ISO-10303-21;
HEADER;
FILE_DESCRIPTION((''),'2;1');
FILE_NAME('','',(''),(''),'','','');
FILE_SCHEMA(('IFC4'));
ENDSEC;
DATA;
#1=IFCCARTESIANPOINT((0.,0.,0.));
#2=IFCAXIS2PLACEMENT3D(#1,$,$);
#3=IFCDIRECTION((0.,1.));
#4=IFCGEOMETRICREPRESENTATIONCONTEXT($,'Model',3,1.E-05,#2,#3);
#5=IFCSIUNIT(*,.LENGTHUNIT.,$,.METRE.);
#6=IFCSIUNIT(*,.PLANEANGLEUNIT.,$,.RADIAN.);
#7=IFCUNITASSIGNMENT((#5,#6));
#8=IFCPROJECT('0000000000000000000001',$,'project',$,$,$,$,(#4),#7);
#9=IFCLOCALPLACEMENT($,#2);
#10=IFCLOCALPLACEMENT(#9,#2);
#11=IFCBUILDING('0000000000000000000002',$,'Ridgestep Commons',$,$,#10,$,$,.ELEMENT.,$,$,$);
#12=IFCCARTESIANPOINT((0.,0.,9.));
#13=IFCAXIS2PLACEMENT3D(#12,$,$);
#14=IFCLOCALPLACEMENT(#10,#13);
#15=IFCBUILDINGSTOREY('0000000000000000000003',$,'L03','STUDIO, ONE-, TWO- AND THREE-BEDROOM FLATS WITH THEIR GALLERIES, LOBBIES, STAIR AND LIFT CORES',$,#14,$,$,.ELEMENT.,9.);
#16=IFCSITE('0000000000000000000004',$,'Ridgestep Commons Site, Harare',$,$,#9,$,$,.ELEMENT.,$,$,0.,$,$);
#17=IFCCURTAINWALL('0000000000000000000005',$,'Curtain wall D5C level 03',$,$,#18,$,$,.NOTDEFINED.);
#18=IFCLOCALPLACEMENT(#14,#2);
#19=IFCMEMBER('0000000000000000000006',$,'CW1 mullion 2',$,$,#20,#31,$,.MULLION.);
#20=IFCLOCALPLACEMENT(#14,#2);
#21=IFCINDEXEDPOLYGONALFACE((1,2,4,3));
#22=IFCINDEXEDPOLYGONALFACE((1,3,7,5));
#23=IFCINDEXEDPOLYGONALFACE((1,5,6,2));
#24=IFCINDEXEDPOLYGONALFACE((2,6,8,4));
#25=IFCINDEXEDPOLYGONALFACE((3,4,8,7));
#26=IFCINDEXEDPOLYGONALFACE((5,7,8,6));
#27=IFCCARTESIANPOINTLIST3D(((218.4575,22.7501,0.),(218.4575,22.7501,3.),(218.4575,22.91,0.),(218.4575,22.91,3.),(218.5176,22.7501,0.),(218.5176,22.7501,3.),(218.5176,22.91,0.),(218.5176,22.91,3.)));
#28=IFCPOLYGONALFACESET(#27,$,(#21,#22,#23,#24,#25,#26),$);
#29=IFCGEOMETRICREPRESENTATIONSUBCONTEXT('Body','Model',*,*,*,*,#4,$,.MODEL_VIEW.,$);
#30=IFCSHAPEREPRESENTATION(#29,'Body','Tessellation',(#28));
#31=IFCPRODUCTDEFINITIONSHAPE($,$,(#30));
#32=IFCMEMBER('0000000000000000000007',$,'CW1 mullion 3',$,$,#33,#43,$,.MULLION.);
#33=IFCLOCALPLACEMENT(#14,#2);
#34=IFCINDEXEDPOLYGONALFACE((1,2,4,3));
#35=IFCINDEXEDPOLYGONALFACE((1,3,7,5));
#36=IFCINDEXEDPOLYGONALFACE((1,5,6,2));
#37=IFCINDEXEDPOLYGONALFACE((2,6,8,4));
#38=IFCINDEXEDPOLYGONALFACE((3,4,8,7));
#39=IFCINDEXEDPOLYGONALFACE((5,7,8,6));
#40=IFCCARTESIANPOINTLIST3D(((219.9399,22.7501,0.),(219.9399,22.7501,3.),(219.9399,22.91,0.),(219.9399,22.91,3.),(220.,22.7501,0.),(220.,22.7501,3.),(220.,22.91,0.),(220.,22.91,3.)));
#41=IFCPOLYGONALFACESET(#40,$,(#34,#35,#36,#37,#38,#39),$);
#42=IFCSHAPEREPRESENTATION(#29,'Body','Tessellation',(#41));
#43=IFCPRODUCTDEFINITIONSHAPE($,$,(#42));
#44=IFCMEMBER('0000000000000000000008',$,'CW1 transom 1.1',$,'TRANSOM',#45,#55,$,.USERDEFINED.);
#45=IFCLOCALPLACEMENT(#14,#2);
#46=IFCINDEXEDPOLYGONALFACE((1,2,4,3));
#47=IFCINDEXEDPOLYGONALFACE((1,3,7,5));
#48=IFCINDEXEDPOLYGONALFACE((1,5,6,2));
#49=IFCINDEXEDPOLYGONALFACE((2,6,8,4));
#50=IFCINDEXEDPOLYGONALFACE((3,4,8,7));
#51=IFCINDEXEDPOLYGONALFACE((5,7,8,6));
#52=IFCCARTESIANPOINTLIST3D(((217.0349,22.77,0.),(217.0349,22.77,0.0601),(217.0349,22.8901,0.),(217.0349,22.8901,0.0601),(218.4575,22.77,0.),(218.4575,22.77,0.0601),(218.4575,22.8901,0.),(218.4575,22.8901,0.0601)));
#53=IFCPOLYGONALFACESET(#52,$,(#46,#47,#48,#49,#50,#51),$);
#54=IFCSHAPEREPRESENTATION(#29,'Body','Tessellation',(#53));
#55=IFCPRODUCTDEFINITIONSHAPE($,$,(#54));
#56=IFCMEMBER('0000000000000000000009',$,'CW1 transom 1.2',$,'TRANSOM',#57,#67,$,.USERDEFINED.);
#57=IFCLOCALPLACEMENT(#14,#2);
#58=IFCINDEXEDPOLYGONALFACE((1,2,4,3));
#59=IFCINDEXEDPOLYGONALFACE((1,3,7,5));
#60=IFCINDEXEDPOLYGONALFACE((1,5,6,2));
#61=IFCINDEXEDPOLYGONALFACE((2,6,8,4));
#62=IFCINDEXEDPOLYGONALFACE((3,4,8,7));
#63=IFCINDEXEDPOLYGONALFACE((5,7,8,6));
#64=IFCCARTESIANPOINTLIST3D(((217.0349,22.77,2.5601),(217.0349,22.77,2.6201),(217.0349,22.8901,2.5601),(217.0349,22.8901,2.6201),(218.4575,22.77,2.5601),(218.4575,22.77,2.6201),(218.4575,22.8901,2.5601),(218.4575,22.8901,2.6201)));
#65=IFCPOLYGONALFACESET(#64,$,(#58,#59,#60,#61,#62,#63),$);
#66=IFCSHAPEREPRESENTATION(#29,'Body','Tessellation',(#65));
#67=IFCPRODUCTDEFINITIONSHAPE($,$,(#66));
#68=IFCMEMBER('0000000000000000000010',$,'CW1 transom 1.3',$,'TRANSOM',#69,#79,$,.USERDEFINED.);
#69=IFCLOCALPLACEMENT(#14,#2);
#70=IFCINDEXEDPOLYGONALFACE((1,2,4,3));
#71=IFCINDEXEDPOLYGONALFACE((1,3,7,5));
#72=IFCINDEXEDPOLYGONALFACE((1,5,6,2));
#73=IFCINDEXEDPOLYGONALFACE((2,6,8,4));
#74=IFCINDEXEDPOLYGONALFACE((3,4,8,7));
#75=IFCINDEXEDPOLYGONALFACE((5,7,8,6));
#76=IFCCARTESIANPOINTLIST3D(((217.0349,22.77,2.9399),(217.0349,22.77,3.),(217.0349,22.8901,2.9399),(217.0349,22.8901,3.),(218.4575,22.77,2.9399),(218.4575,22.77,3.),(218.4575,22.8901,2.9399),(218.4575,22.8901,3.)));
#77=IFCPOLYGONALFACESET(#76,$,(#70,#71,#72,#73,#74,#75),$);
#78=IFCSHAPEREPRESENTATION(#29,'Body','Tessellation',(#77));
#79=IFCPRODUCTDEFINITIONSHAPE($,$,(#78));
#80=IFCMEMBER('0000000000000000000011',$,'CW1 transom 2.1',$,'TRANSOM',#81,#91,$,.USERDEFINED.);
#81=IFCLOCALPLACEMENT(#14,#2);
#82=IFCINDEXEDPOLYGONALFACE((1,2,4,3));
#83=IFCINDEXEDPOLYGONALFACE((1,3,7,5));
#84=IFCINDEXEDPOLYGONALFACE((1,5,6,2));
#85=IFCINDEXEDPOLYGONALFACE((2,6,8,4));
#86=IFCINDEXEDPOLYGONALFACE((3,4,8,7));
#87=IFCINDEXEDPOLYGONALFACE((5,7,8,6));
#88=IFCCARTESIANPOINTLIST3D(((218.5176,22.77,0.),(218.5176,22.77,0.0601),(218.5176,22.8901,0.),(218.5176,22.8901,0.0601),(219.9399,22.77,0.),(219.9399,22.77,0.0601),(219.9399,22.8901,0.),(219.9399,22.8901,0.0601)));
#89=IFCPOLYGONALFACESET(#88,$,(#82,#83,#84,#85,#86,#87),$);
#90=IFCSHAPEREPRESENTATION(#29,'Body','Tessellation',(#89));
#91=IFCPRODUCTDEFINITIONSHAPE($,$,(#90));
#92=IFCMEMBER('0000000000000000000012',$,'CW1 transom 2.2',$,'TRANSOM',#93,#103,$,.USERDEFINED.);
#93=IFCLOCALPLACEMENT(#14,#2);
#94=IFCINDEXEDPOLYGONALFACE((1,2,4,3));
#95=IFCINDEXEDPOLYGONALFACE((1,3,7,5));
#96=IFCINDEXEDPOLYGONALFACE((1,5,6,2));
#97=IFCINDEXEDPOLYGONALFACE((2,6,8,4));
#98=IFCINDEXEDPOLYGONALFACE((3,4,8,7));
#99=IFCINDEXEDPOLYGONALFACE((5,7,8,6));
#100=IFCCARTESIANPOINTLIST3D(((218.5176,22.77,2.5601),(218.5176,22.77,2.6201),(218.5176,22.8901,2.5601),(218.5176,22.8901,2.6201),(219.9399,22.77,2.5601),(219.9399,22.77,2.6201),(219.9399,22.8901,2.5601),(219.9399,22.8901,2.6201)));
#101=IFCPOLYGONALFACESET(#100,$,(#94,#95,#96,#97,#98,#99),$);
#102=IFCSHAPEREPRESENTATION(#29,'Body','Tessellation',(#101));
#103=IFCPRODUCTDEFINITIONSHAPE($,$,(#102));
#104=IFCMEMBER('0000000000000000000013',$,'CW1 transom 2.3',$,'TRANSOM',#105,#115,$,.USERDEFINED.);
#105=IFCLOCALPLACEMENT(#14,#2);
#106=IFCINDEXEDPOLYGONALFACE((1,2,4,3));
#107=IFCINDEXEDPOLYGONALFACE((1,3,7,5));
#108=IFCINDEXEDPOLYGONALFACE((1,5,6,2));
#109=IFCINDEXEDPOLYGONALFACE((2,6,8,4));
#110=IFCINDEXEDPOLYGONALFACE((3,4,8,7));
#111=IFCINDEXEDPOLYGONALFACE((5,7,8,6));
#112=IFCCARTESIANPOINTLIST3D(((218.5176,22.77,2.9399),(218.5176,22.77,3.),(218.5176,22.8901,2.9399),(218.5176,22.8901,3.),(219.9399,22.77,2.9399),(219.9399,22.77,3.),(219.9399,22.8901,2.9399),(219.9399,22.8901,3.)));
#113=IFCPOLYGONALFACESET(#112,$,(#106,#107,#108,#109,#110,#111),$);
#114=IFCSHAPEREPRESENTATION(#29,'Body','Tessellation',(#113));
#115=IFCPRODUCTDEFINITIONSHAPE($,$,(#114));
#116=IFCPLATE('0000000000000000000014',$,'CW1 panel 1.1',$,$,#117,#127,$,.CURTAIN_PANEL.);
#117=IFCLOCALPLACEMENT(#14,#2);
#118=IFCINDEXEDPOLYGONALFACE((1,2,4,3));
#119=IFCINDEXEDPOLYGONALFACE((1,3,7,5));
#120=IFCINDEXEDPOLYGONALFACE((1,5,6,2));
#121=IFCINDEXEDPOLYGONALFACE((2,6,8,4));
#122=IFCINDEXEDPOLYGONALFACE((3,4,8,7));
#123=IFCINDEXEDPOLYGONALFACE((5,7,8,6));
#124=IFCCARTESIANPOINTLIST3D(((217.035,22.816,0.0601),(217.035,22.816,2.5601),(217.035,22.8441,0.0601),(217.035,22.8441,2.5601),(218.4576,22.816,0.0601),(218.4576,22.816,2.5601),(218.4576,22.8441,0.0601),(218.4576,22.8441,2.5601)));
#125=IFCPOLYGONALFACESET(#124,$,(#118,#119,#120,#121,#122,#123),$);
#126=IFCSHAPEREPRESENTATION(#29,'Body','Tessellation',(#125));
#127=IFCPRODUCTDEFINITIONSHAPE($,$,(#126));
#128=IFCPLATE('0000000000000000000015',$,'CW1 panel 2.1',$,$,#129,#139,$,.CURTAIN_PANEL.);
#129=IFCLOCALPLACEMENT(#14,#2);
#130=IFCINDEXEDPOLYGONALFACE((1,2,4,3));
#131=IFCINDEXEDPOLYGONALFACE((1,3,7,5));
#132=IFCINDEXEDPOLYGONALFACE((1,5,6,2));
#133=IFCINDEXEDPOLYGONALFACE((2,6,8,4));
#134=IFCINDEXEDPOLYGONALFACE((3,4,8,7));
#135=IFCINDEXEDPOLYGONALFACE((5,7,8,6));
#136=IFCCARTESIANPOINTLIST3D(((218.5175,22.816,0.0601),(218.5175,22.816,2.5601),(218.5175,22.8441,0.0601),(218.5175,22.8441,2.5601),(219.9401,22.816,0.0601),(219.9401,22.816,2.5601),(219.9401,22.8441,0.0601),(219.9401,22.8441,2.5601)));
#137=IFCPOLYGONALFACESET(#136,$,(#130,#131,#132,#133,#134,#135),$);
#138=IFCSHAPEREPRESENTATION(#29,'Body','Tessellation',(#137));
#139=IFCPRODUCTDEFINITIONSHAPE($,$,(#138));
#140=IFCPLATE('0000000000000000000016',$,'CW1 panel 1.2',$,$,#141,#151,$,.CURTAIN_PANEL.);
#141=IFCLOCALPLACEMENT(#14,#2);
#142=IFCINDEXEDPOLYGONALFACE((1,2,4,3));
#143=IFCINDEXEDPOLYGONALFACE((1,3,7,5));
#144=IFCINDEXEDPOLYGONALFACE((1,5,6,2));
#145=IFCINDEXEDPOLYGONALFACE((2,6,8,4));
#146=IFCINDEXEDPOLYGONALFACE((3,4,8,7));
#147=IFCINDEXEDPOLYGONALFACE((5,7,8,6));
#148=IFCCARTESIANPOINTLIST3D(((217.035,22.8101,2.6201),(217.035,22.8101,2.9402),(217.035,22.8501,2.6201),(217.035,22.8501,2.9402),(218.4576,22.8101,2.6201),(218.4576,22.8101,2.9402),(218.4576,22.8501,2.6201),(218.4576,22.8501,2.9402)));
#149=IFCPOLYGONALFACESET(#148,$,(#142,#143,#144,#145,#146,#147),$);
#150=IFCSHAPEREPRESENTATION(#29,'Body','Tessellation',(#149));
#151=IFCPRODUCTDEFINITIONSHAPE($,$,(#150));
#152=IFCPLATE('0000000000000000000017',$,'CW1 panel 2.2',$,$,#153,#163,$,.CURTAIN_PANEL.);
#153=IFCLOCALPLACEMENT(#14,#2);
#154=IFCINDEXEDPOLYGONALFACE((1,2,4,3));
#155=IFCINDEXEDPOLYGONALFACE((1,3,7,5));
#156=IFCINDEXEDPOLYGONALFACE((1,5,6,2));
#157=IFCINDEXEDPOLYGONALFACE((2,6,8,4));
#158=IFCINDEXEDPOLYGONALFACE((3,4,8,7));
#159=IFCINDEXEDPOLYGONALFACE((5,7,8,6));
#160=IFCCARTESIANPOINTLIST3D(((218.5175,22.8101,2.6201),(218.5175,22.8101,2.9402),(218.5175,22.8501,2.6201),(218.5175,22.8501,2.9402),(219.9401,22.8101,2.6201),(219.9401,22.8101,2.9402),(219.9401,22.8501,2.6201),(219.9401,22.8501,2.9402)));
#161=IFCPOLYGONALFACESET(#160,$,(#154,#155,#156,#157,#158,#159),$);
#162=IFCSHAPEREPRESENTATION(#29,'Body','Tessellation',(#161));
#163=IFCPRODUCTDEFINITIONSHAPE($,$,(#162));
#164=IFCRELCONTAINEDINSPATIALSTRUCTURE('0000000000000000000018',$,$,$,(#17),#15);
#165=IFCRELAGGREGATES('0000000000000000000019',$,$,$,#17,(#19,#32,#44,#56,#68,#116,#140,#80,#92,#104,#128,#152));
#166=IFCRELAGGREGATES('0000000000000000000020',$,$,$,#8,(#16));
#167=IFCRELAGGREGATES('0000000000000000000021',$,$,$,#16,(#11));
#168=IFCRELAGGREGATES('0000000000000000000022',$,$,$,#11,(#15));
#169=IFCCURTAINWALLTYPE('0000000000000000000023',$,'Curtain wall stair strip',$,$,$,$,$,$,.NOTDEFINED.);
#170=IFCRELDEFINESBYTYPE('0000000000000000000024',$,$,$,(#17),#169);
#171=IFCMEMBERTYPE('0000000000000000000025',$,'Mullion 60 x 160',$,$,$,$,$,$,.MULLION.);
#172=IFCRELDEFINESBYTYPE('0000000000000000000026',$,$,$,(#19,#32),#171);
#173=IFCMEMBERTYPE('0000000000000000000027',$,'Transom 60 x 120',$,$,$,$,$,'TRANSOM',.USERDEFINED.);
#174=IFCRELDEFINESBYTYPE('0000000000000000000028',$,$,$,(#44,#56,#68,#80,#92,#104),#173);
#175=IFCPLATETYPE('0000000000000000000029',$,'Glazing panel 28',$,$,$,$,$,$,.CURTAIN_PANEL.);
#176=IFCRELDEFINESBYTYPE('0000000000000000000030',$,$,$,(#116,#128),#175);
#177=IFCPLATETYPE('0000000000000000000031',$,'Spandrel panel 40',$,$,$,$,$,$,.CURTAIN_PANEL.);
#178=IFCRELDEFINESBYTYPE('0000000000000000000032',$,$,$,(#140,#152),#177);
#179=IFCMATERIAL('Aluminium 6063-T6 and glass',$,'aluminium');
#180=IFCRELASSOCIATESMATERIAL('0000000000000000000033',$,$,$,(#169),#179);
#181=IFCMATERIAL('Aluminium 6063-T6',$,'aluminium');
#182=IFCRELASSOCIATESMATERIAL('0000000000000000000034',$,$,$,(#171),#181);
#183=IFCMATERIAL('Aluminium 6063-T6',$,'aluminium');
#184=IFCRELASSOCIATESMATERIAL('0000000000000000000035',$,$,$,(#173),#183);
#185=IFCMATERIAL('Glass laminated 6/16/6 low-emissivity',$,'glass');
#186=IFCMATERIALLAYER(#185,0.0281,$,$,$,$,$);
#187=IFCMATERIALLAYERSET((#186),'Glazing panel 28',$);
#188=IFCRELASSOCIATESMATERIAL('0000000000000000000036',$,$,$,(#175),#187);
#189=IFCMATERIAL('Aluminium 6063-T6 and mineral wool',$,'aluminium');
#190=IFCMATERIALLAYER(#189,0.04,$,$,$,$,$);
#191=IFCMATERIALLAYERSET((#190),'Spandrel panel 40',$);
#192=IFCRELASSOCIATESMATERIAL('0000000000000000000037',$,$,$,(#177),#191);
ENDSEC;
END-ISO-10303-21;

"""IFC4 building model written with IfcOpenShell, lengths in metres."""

from ifc_helpers import new_model, si_unit, direction, frame, origin, origin_2d, place, context, subcontext, project, spatial, rectangle, extrude, material, layer, layer_set, material_profile, profile_set, type_object, element, aggregate, save


model = new_model("IFC4")

# Units and contexts
model_context = context("Model", 3, precision=1e-05, world=origin(), true_north=direction((0.0, 1.0)))
body_context = subcontext(model_context, "Body", "Model", "MODEL_VIEW")
ifc_project = project(units=[si_unit("LENGTHUNIT", "METRE"), si_unit("PLANEANGLEUNIT", "RADIAN")], contexts=[model_context])

# Site, building, storey
site_placement = place(None, origin())
site = spatial("IfcSite", under=ifc_project, at=site_placement, Name="Ridgestep Commons Site, Harare", CompositionType="ELEMENT", RefElevation=0.0)
building_placement = place(site_placement, origin())
building = spatial("IfcBuilding", under=site, at=building_placement, Name="Ridgestep Commons", CompositionType="ELEMENT")
storey_placement = place(building_placement, frame((0.0, 0.0, 9.0)))
storey = spatial("IfcBuildingStorey", under=building, at=storey_placement, Name="L03", Description="STUDIO, ONE-, TWO- AND THREE-BEDROOM FLATS WITH THEIR GALLERIES, LOBBIES, STAIR AND LIFT CORES", CompositionType="ELEMENT", Elevation=9.0)

# Curtain wall, members, plates
ifc_material_1 = material(Name="Aluminium 6063-T6 and glass", Category="aluminium")
curtain_wall_type = type_object("IfcCurtainWallType", Name="Curtain wall stair strip", PredefinedType="NOTDEFINED", material=ifc_material_1)
curtain_wall_placement = place(storey_placement, origin())
curtain_wall = element("IfcCurtainWall", 1, at=curtain_wall_placement, inside=storey, type_object=curtain_wall_type, Name="Curtain wall D5C level 03", PredefinedType="NOTDEFINED")
ifc_material_2 = material(Name="Aluminium 6063-T6", Category="aluminium")
ifc_material_profile_1 = material_profile(ifc_material_2, rectangle(XDim=0.1599, YDim=0.0601, at=origin_2d()), Name="Mullion 60 x 160")
ifc_profile_set_1 = profile_set([ifc_material_profile_1], Name="Aluminium 6063-T6")
member_type_1 = type_object("IfcMemberType", Name="Mullion 60 x 160", PredefinedType="MULLION", material=ifc_profile_set_1)
member_1_placement = place(storey_placement, frame((218.4875, 22.8301, 0.0), z_axis=(0.0, 0.0, 1.0), x_axis=(0.0, 1.0, 0.0)))
member_1 = element("IfcMember", 2, at=member_1_placement, type_object=member_type_1, Name="CW1 mullion 2", PredefinedType="MULLION", context=body_context, shape_type="SweptSolid", body=[
    extrude(rectangle(XDim=0.1599, YDim=0.0601, at=origin_2d()), origin(), (0.0, 0.0, 1.0), 3.0),
])
member_2_placement = place(storey_placement, frame((219.97, 22.8301, 0.0), z_axis=(0.0, 0.0, 1.0), x_axis=(0.0, 1.0, 0.0)))
member_2 = element("IfcMember", 3, at=member_2_placement, type_object=member_type_1, Name="CW1 mullion 3", PredefinedType="MULLION", context=body_context, shape_type="SweptSolid", body=[
    extrude(rectangle(XDim=0.1599, YDim=0.0601, at=origin_2d()), origin(), (0.0, 0.0, 1.0), 3.0),
])
ifc_material_3 = material(Name="Aluminium 6063-T6", Category="aluminium")
ifc_material_profile_2 = material_profile(ifc_material_3, rectangle(XDim=0.1201, YDim=0.0601, at=origin_2d()), Name="Transom 60 x 120")
ifc_profile_set_2 = profile_set([ifc_material_profile_2], Name="Aluminium 6063-T6")
member_type_2 = type_object("IfcMemberType", Name="Transom 60 x 120", ElementType="TRANSOM", PredefinedType="USERDEFINED", material=ifc_profile_set_2)
member_3_placement = place(storey_placement, frame((217.0349, 22.8301, 0.03), z_axis=(1.0, 0.0, 0.0), x_axis=(0.0, 1.0, 0.0)))
member_3 = element("IfcMember", 4, at=member_3_placement, type_object=member_type_2, Name="CW1 transom 1.1", ObjectType="TRANSOM", PredefinedType="USERDEFINED", context=body_context, shape_type="SweptSolid", body=[
    extrude(rectangle(XDim=0.1201, YDim=0.0601, at=origin_2d()), origin(), (0.0, 0.0, 1.0), 1.4226),
])
member_4_placement = place(storey_placement, frame((217.0349, 22.8301, 2.5901), z_axis=(1.0, 0.0, 0.0), x_axis=(0.0, 1.0, 0.0)))
member_4 = element("IfcMember", 5, at=member_4_placement, type_object=member_type_2, Name="CW1 transom 1.2", ObjectType="TRANSOM", PredefinedType="USERDEFINED", context=body_context, shape_type="SweptSolid", body=[
    extrude(rectangle(XDim=0.1201, YDim=0.0601, at=origin_2d()), origin(), (0.0, 0.0, 1.0), 1.4226),
])
member_5_placement = place(storey_placement, frame((217.0349, 22.8301, 2.97), z_axis=(1.0, 0.0, 0.0), x_axis=(0.0, 1.0, 0.0)))
member_5 = element("IfcMember", 6, at=member_5_placement, type_object=member_type_2, Name="CW1 transom 1.3", ObjectType="TRANSOM", PredefinedType="USERDEFINED", context=body_context, shape_type="SweptSolid", body=[
    extrude(rectangle(XDim=0.1201, YDim=0.0601, at=origin_2d()), origin(), (0.0, 0.0, 1.0), 1.4226),
])
member_6_placement = place(storey_placement, frame((218.5176, 22.8301, 0.03), z_axis=(1.0, 0.0, 0.0), x_axis=(0.0, 1.0, 0.0)))
member_6 = element("IfcMember", 7, at=member_6_placement, type_object=member_type_2, Name="CW1 transom 2.1", ObjectType="TRANSOM", PredefinedType="USERDEFINED", context=body_context, shape_type="SweptSolid", body=[
    extrude(rectangle(XDim=0.1201, YDim=0.0601, at=origin_2d()), origin(), (0.0, 0.0, 1.0), 1.4224),
])
member_7_placement = place(storey_placement, frame((218.5176, 22.8301, 2.5901), z_axis=(1.0, 0.0, 0.0), x_axis=(0.0, 1.0, 0.0)))
member_7 = element("IfcMember", 8, at=member_7_placement, type_object=member_type_2, Name="CW1 transom 2.2", ObjectType="TRANSOM", PredefinedType="USERDEFINED", context=body_context, shape_type="SweptSolid", body=[
    extrude(rectangle(XDim=0.1201, YDim=0.0601, at=origin_2d()), origin(), (0.0, 0.0, 1.0), 1.4224),
])
member_8_placement = place(storey_placement, frame((218.5176, 22.8301, 2.97), z_axis=(1.0, 0.0, 0.0), x_axis=(0.0, 1.0, 0.0)))
member_8 = element("IfcMember", 9, at=member_8_placement, type_object=member_type_2, Name="CW1 transom 2.3", ObjectType="TRANSOM", PredefinedType="USERDEFINED", context=body_context, shape_type="SweptSolid", body=[
    extrude(rectangle(XDim=0.1201, YDim=0.0601, at=origin_2d()), origin(), (0.0, 0.0, 1.0), 1.4224),
])
ifc_material_4 = material(Name="Glass laminated 6/16/6 low-emissivity", Category="glass")
ifc_layer_1 = layer(ifc_material_4, 0.0281)
ifc_layer_set_1 = layer_set([ifc_layer_1], Name="Glazing panel 28")
plate_type_1 = type_object("IfcPlateType", Name="Glazing panel 28", PredefinedType="CURTAIN_PANEL", material=ifc_layer_set_1)
plate_1_placement = place(storey_placement, frame((217.7463, 22.8301, 0.0601), z_axis=(0.0, 0.0, 1.0), x_axis=(1.0, 0.0, 0.0)))
plate_1 = element("IfcPlate", 10, at=plate_1_placement, type_object=plate_type_1, Name="CW1 panel 1.1", PredefinedType="CURTAIN_PANEL", context=body_context, shape_type="SweptSolid", body=[
    extrude(rectangle(XDim=1.4226, YDim=0.0281, at=origin_2d()), origin(), (0.0, 0.0, 1.0), 2.5),
])
plate_2_placement = place(storey_placement, frame((219.2288, 22.8301, 0.0601), z_axis=(0.0, 0.0, 1.0), x_axis=(1.0, 0.0, 0.0)))
plate_2 = element("IfcPlate", 11, at=plate_2_placement, type_object=plate_type_1, Name="CW1 panel 2.1", PredefinedType="CURTAIN_PANEL", context=body_context, shape_type="SweptSolid", body=[
    extrude(rectangle(XDim=1.4226, YDim=0.0281, at=origin_2d()), origin(), (0.0, 0.0, 1.0), 2.5),
])
ifc_material_5 = material(Name="Aluminium 6063-T6 and mineral wool", Category="aluminium")
ifc_layer_2 = layer(ifc_material_5, 0.04)
ifc_layer_set_2 = layer_set([ifc_layer_2], Name="Spandrel panel 40")
plate_type_2 = type_object("IfcPlateType", Name="Spandrel panel 40", PredefinedType="CURTAIN_PANEL", material=ifc_layer_set_2)
plate_3_placement = place(storey_placement, frame((217.7463, 22.8301, 2.6201), z_axis=(0.0, 0.0, 1.0), x_axis=(1.0, 0.0, 0.0)))
plate_3 = element("IfcPlate", 12, at=plate_3_placement, type_object=plate_type_2, Name="CW1 panel 1.2", PredefinedType="CURTAIN_PANEL", context=body_context, shape_type="SweptSolid", body=[
    extrude(rectangle(XDim=1.4226, YDim=0.04, at=origin_2d()), origin(), (0.0, 0.0, 1.0), 0.3201),
])
plate_4_placement = place(storey_placement, frame((219.2288, 22.8301, 2.6201), z_axis=(0.0, 0.0, 1.0), x_axis=(1.0, 0.0, 0.0)))
plate_4 = element("IfcPlate", 13, at=plate_4_placement, type_object=plate_type_2, Name="CW1 panel 2.2", PredefinedType="CURTAIN_PANEL", context=body_context, shape_type="SweptSolid", body=[
    extrude(rectangle(XDim=1.4226, YDim=0.04, at=origin_2d()), origin(), (0.0, 0.0, 1.0), 0.3201),
])
aggregate(curtain_wall, [member_1, member_2, member_3, member_4, member_5, plate_1, plate_3, member_6, member_7, member_8, plate_2, plate_4])

save(model, "model.ifc")
